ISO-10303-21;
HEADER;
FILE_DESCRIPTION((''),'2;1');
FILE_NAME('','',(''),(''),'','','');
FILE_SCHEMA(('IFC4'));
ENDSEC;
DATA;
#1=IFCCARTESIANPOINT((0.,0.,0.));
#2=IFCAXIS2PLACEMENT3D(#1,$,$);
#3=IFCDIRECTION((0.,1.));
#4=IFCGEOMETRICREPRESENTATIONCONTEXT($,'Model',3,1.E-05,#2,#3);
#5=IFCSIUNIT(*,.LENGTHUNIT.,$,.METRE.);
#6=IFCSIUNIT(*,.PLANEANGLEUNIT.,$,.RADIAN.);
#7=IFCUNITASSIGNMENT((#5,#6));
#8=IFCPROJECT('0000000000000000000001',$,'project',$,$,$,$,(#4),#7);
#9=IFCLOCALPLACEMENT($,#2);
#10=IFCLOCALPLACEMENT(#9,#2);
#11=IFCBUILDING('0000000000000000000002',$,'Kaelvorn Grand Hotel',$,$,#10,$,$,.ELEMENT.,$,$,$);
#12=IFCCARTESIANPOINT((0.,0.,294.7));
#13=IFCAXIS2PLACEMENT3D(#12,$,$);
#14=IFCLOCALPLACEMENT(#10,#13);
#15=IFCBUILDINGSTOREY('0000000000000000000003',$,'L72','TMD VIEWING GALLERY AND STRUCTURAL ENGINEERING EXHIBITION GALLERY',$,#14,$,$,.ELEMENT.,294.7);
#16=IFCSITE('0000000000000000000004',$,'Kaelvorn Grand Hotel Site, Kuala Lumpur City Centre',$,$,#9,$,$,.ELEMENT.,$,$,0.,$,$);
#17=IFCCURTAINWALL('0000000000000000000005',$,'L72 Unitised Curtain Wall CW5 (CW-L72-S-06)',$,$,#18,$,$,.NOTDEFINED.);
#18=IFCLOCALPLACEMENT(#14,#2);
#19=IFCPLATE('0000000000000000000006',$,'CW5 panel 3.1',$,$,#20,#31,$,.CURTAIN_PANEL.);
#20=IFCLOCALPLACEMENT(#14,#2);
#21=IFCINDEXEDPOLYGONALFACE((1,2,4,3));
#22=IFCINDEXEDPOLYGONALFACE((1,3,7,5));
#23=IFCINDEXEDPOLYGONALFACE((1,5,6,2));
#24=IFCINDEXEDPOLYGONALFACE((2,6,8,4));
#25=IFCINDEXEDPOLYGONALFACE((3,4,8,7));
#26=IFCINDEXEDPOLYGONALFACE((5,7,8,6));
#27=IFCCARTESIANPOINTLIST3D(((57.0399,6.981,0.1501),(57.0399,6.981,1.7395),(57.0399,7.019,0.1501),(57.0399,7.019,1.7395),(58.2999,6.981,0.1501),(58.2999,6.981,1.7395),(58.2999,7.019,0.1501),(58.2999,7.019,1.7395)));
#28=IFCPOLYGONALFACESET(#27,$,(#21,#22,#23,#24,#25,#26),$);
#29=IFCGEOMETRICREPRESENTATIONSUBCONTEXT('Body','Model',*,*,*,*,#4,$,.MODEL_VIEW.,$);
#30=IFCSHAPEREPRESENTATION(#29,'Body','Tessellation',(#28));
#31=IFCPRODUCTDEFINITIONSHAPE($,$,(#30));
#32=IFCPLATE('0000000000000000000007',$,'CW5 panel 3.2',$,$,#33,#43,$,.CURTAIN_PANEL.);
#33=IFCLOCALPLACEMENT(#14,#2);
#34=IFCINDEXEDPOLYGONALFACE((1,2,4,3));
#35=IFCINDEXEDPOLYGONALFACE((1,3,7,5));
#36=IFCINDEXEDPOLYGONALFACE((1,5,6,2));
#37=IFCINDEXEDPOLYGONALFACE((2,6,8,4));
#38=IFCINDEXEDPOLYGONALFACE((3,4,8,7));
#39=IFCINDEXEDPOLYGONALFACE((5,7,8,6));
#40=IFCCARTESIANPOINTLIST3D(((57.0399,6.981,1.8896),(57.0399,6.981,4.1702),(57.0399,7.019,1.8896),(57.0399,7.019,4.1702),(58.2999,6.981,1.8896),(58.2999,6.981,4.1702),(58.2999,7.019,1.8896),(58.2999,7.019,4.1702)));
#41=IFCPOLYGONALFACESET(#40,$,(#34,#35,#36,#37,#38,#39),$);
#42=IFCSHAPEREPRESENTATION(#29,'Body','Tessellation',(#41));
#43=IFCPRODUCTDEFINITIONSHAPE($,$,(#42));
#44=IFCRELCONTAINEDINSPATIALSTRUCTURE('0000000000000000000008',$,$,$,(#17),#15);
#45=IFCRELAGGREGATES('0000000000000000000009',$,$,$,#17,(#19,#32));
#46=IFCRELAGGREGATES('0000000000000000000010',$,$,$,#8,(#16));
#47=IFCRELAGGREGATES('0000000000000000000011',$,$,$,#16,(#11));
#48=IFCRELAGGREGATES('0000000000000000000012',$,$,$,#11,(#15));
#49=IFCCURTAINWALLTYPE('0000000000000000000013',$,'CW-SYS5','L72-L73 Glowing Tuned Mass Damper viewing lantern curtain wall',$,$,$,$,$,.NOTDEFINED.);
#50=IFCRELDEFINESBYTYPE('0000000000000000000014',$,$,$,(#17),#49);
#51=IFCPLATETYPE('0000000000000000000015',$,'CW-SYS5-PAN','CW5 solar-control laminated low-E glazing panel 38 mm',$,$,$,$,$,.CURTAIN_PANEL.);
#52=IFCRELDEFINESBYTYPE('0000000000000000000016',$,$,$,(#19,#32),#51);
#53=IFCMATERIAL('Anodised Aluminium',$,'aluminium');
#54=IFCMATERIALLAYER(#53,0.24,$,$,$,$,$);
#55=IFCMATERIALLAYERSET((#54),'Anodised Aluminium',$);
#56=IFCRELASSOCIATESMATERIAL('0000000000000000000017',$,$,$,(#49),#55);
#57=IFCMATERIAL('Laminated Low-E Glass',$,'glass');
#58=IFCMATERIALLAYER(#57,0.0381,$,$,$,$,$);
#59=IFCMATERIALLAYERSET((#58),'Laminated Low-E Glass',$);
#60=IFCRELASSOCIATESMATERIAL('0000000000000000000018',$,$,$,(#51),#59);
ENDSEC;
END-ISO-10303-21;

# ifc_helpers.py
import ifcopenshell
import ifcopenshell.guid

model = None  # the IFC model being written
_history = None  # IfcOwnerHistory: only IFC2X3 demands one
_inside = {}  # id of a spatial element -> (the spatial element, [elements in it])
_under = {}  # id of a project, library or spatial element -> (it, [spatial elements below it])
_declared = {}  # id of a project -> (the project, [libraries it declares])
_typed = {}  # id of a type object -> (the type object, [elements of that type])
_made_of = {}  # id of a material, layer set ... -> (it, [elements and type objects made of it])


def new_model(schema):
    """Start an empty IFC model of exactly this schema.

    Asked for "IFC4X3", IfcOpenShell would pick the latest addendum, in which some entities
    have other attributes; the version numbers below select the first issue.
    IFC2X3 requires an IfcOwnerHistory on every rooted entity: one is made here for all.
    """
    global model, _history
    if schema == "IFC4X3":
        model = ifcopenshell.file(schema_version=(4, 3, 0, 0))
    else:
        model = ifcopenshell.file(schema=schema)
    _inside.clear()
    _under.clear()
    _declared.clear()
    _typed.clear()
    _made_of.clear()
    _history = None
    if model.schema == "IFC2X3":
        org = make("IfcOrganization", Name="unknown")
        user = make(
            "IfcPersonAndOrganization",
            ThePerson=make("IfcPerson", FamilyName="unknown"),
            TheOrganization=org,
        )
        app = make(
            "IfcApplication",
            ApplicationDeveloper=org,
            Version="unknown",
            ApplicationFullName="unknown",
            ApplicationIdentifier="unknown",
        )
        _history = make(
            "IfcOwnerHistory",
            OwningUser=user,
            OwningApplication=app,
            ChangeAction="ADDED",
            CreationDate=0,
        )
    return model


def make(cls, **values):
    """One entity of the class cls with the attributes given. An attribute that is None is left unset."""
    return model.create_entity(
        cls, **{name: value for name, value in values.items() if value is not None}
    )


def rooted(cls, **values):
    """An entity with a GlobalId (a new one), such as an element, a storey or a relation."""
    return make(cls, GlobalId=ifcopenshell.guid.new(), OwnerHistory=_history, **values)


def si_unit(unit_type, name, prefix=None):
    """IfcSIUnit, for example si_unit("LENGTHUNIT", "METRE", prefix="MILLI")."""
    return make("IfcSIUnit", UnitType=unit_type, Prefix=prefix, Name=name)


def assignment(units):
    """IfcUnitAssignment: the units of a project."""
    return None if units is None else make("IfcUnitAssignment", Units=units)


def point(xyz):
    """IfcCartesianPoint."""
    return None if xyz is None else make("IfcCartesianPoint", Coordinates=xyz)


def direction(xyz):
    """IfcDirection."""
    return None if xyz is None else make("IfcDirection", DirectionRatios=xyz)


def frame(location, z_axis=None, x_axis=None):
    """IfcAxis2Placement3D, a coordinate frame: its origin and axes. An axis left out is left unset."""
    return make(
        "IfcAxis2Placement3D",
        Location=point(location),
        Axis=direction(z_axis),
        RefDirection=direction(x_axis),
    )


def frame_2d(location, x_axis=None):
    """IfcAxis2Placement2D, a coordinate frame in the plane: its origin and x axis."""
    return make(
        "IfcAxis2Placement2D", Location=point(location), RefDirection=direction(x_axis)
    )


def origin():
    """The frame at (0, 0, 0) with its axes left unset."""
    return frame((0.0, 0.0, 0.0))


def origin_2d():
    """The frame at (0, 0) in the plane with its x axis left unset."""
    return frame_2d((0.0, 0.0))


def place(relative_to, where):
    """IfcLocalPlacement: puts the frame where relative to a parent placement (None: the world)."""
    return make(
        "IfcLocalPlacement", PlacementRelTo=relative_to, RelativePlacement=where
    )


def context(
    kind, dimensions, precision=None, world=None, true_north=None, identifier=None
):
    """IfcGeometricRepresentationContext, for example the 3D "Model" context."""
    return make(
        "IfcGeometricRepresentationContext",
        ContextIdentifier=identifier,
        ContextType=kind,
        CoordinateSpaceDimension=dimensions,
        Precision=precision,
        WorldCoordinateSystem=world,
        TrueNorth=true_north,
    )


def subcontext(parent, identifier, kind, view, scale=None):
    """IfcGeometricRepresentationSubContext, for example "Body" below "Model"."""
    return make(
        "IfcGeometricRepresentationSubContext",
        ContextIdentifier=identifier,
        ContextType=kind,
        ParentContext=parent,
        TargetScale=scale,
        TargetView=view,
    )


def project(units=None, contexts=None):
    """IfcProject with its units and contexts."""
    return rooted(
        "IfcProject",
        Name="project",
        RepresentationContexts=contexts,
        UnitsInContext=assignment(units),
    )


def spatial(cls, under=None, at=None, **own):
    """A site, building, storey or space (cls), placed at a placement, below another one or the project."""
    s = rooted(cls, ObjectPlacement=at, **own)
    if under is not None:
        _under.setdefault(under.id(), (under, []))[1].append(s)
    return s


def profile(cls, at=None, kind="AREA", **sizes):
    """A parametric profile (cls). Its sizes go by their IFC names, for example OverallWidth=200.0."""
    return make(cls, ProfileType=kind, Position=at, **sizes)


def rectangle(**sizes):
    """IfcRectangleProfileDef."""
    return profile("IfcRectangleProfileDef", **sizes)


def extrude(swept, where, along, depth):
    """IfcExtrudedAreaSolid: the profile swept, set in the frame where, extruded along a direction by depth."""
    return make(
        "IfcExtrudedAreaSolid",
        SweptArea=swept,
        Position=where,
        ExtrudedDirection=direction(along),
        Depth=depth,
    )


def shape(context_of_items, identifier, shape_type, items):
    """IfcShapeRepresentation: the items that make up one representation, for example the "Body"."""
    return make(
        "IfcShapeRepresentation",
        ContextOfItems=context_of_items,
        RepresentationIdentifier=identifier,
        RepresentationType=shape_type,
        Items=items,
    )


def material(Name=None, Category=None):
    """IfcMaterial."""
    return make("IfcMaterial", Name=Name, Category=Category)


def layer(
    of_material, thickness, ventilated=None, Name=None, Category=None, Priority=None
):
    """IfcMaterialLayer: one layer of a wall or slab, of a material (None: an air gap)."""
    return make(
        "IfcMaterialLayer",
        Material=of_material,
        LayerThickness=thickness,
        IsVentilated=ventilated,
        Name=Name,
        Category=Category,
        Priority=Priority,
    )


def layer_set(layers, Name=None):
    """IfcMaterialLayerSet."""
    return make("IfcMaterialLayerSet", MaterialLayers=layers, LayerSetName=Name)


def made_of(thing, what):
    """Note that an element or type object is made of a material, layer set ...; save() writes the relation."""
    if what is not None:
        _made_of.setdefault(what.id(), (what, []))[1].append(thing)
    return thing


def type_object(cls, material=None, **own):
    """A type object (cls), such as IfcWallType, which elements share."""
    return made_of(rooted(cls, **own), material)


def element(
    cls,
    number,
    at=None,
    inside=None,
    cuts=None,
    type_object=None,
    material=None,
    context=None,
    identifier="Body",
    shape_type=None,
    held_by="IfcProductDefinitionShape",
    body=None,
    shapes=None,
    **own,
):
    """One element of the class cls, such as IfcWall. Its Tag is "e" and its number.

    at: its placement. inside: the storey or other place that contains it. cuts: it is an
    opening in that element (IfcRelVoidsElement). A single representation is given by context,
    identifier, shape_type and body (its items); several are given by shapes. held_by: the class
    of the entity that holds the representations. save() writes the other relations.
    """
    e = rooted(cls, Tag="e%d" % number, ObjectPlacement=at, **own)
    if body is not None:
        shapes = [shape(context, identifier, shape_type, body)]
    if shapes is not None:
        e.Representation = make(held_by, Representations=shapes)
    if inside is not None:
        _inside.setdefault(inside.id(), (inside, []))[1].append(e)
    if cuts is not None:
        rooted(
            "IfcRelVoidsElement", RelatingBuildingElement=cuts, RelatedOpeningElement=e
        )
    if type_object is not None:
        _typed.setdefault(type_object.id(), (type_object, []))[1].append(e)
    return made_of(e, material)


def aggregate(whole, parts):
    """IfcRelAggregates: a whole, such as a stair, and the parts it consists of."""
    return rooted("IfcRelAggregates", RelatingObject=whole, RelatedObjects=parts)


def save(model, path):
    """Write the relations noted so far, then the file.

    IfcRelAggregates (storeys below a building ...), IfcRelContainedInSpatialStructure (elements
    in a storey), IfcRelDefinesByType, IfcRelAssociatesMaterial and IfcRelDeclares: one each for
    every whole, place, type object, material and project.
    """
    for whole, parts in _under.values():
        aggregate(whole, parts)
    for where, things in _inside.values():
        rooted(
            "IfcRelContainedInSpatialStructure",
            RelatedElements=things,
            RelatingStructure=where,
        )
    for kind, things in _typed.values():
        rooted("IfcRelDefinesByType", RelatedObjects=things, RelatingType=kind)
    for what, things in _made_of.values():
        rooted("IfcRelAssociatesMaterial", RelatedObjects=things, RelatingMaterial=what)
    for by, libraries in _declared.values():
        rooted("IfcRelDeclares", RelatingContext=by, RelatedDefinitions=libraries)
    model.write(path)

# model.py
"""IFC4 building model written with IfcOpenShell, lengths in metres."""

from ifc_helpers import new_model, si_unit, direction, frame, origin, origin_2d, place, context, subcontext, project, spatial, rectangle, extrude, material, layer, layer_set, type_object, element, aggregate, save


model = new_model("IFC4")

# Units and contexts
model_context = context("Model", 3, precision=1e-05, world=origin(), true_north=direction((0.0, 1.0)))
body_context = subcontext(model_context, "Body", "Model", "MODEL_VIEW")
ifc_project = project(units=[si_unit("LENGTHUNIT", "METRE"), si_unit("PLANEANGLEUNIT", "RADIAN")], contexts=[model_context])

# Site, building, storey
site_placement = place(None, origin())
site = spatial("IfcSite", under=ifc_project, at=site_placement, Name="Kaelvorn Grand Hotel Site, Kuala Lumpur City Centre", CompositionType="ELEMENT", RefElevation=0.0)
building_placement = place(site_placement, origin())
building = spatial("IfcBuilding", under=site, at=building_placement, Name="Kaelvorn Grand Hotel", CompositionType="ELEMENT")
storey_placement = place(building_placement, frame((0.0, 0.0, 294.7)))
storey = spatial("IfcBuildingStorey", under=building, at=storey_placement, Name="L72", Description="TMD VIEWING GALLERY AND STRUCTURAL ENGINEERING EXHIBITION GALLERY", CompositionType="ELEMENT", Elevation=294.7)

# Curtain wall, plates
ifc_material_1 = material(Name="Anodised Aluminium", Category="aluminium")
ifc_layer_1 = layer(ifc_material_1, 0.24)
ifc_layer_set_1 = layer_set([ifc_layer_1], Name="Anodised Aluminium")
curtain_wall_type = type_object("IfcCurtainWallType", Name="CW-SYS5", Description="L72-L73 Glowing Tuned Mass Damper viewing lantern curtain wall", PredefinedType="NOTDEFINED", material=ifc_layer_set_1)
curtain_wall_placement = place(storey_placement, origin())
curtain_wall = element("IfcCurtainWall", 1, at=curtain_wall_placement, inside=storey, type_object=curtain_wall_type, Name="L72 Unitised Curtain Wall CW5 (CW-L72-S-06)", PredefinedType="NOTDEFINED")
ifc_material_2 = material(Name="Laminated Low-E Glass", Category="glass")
ifc_layer_2 = layer(ifc_material_2, 0.0381)
ifc_layer_set_2 = layer_set([ifc_layer_2], Name="Laminated Low-E Glass")
plate_type = type_object("IfcPlateType", Name="CW-SYS5-PAN", Description="CW5 solar-control laminated low-E glazing panel 38 mm", PredefinedType="CURTAIN_PANEL", material=ifc_layer_set_2)
plate_1_placement = place(storey_placement, frame((57.6699, 7.0, 0.1501), z_axis=(0.0, 0.0, 1.0), x_axis=(1.0, 0.0, 0.0)))
plate_1 = element("IfcPlate", 2, at=plate_1_placement, type_object=plate_type, Name="CW5 panel 3.1", PredefinedType="CURTAIN_PANEL", context=body_context, shape_type="SweptSolid", body=[
    extrude(rectangle(XDim=1.26, YDim=0.0381, at=origin_2d()), origin(), (0.0, 0.0, 1.0), 1.5894),
])
plate_2_placement = place(storey_placement, frame((57.6699, 7.0, 1.8896), z_axis=(0.0, 0.0, 1.0), x_axis=(1.0, 0.0, 0.0)))
plate_2 = element("IfcPlate", 3, at=plate_2_placement, type_object=plate_type, Name="CW5 panel 3.2", PredefinedType="CURTAIN_PANEL", context=body_context, shape_type="SweptSolid", body=[
    extrude(rectangle(XDim=1.26, YDim=0.0381, at=origin_2d()), origin(), (0.0, 0.0, 1.0), 2.2805),
])
aggregate(curtain_wall, [plate_1, plate_2])

save(model, "model.ifc")
